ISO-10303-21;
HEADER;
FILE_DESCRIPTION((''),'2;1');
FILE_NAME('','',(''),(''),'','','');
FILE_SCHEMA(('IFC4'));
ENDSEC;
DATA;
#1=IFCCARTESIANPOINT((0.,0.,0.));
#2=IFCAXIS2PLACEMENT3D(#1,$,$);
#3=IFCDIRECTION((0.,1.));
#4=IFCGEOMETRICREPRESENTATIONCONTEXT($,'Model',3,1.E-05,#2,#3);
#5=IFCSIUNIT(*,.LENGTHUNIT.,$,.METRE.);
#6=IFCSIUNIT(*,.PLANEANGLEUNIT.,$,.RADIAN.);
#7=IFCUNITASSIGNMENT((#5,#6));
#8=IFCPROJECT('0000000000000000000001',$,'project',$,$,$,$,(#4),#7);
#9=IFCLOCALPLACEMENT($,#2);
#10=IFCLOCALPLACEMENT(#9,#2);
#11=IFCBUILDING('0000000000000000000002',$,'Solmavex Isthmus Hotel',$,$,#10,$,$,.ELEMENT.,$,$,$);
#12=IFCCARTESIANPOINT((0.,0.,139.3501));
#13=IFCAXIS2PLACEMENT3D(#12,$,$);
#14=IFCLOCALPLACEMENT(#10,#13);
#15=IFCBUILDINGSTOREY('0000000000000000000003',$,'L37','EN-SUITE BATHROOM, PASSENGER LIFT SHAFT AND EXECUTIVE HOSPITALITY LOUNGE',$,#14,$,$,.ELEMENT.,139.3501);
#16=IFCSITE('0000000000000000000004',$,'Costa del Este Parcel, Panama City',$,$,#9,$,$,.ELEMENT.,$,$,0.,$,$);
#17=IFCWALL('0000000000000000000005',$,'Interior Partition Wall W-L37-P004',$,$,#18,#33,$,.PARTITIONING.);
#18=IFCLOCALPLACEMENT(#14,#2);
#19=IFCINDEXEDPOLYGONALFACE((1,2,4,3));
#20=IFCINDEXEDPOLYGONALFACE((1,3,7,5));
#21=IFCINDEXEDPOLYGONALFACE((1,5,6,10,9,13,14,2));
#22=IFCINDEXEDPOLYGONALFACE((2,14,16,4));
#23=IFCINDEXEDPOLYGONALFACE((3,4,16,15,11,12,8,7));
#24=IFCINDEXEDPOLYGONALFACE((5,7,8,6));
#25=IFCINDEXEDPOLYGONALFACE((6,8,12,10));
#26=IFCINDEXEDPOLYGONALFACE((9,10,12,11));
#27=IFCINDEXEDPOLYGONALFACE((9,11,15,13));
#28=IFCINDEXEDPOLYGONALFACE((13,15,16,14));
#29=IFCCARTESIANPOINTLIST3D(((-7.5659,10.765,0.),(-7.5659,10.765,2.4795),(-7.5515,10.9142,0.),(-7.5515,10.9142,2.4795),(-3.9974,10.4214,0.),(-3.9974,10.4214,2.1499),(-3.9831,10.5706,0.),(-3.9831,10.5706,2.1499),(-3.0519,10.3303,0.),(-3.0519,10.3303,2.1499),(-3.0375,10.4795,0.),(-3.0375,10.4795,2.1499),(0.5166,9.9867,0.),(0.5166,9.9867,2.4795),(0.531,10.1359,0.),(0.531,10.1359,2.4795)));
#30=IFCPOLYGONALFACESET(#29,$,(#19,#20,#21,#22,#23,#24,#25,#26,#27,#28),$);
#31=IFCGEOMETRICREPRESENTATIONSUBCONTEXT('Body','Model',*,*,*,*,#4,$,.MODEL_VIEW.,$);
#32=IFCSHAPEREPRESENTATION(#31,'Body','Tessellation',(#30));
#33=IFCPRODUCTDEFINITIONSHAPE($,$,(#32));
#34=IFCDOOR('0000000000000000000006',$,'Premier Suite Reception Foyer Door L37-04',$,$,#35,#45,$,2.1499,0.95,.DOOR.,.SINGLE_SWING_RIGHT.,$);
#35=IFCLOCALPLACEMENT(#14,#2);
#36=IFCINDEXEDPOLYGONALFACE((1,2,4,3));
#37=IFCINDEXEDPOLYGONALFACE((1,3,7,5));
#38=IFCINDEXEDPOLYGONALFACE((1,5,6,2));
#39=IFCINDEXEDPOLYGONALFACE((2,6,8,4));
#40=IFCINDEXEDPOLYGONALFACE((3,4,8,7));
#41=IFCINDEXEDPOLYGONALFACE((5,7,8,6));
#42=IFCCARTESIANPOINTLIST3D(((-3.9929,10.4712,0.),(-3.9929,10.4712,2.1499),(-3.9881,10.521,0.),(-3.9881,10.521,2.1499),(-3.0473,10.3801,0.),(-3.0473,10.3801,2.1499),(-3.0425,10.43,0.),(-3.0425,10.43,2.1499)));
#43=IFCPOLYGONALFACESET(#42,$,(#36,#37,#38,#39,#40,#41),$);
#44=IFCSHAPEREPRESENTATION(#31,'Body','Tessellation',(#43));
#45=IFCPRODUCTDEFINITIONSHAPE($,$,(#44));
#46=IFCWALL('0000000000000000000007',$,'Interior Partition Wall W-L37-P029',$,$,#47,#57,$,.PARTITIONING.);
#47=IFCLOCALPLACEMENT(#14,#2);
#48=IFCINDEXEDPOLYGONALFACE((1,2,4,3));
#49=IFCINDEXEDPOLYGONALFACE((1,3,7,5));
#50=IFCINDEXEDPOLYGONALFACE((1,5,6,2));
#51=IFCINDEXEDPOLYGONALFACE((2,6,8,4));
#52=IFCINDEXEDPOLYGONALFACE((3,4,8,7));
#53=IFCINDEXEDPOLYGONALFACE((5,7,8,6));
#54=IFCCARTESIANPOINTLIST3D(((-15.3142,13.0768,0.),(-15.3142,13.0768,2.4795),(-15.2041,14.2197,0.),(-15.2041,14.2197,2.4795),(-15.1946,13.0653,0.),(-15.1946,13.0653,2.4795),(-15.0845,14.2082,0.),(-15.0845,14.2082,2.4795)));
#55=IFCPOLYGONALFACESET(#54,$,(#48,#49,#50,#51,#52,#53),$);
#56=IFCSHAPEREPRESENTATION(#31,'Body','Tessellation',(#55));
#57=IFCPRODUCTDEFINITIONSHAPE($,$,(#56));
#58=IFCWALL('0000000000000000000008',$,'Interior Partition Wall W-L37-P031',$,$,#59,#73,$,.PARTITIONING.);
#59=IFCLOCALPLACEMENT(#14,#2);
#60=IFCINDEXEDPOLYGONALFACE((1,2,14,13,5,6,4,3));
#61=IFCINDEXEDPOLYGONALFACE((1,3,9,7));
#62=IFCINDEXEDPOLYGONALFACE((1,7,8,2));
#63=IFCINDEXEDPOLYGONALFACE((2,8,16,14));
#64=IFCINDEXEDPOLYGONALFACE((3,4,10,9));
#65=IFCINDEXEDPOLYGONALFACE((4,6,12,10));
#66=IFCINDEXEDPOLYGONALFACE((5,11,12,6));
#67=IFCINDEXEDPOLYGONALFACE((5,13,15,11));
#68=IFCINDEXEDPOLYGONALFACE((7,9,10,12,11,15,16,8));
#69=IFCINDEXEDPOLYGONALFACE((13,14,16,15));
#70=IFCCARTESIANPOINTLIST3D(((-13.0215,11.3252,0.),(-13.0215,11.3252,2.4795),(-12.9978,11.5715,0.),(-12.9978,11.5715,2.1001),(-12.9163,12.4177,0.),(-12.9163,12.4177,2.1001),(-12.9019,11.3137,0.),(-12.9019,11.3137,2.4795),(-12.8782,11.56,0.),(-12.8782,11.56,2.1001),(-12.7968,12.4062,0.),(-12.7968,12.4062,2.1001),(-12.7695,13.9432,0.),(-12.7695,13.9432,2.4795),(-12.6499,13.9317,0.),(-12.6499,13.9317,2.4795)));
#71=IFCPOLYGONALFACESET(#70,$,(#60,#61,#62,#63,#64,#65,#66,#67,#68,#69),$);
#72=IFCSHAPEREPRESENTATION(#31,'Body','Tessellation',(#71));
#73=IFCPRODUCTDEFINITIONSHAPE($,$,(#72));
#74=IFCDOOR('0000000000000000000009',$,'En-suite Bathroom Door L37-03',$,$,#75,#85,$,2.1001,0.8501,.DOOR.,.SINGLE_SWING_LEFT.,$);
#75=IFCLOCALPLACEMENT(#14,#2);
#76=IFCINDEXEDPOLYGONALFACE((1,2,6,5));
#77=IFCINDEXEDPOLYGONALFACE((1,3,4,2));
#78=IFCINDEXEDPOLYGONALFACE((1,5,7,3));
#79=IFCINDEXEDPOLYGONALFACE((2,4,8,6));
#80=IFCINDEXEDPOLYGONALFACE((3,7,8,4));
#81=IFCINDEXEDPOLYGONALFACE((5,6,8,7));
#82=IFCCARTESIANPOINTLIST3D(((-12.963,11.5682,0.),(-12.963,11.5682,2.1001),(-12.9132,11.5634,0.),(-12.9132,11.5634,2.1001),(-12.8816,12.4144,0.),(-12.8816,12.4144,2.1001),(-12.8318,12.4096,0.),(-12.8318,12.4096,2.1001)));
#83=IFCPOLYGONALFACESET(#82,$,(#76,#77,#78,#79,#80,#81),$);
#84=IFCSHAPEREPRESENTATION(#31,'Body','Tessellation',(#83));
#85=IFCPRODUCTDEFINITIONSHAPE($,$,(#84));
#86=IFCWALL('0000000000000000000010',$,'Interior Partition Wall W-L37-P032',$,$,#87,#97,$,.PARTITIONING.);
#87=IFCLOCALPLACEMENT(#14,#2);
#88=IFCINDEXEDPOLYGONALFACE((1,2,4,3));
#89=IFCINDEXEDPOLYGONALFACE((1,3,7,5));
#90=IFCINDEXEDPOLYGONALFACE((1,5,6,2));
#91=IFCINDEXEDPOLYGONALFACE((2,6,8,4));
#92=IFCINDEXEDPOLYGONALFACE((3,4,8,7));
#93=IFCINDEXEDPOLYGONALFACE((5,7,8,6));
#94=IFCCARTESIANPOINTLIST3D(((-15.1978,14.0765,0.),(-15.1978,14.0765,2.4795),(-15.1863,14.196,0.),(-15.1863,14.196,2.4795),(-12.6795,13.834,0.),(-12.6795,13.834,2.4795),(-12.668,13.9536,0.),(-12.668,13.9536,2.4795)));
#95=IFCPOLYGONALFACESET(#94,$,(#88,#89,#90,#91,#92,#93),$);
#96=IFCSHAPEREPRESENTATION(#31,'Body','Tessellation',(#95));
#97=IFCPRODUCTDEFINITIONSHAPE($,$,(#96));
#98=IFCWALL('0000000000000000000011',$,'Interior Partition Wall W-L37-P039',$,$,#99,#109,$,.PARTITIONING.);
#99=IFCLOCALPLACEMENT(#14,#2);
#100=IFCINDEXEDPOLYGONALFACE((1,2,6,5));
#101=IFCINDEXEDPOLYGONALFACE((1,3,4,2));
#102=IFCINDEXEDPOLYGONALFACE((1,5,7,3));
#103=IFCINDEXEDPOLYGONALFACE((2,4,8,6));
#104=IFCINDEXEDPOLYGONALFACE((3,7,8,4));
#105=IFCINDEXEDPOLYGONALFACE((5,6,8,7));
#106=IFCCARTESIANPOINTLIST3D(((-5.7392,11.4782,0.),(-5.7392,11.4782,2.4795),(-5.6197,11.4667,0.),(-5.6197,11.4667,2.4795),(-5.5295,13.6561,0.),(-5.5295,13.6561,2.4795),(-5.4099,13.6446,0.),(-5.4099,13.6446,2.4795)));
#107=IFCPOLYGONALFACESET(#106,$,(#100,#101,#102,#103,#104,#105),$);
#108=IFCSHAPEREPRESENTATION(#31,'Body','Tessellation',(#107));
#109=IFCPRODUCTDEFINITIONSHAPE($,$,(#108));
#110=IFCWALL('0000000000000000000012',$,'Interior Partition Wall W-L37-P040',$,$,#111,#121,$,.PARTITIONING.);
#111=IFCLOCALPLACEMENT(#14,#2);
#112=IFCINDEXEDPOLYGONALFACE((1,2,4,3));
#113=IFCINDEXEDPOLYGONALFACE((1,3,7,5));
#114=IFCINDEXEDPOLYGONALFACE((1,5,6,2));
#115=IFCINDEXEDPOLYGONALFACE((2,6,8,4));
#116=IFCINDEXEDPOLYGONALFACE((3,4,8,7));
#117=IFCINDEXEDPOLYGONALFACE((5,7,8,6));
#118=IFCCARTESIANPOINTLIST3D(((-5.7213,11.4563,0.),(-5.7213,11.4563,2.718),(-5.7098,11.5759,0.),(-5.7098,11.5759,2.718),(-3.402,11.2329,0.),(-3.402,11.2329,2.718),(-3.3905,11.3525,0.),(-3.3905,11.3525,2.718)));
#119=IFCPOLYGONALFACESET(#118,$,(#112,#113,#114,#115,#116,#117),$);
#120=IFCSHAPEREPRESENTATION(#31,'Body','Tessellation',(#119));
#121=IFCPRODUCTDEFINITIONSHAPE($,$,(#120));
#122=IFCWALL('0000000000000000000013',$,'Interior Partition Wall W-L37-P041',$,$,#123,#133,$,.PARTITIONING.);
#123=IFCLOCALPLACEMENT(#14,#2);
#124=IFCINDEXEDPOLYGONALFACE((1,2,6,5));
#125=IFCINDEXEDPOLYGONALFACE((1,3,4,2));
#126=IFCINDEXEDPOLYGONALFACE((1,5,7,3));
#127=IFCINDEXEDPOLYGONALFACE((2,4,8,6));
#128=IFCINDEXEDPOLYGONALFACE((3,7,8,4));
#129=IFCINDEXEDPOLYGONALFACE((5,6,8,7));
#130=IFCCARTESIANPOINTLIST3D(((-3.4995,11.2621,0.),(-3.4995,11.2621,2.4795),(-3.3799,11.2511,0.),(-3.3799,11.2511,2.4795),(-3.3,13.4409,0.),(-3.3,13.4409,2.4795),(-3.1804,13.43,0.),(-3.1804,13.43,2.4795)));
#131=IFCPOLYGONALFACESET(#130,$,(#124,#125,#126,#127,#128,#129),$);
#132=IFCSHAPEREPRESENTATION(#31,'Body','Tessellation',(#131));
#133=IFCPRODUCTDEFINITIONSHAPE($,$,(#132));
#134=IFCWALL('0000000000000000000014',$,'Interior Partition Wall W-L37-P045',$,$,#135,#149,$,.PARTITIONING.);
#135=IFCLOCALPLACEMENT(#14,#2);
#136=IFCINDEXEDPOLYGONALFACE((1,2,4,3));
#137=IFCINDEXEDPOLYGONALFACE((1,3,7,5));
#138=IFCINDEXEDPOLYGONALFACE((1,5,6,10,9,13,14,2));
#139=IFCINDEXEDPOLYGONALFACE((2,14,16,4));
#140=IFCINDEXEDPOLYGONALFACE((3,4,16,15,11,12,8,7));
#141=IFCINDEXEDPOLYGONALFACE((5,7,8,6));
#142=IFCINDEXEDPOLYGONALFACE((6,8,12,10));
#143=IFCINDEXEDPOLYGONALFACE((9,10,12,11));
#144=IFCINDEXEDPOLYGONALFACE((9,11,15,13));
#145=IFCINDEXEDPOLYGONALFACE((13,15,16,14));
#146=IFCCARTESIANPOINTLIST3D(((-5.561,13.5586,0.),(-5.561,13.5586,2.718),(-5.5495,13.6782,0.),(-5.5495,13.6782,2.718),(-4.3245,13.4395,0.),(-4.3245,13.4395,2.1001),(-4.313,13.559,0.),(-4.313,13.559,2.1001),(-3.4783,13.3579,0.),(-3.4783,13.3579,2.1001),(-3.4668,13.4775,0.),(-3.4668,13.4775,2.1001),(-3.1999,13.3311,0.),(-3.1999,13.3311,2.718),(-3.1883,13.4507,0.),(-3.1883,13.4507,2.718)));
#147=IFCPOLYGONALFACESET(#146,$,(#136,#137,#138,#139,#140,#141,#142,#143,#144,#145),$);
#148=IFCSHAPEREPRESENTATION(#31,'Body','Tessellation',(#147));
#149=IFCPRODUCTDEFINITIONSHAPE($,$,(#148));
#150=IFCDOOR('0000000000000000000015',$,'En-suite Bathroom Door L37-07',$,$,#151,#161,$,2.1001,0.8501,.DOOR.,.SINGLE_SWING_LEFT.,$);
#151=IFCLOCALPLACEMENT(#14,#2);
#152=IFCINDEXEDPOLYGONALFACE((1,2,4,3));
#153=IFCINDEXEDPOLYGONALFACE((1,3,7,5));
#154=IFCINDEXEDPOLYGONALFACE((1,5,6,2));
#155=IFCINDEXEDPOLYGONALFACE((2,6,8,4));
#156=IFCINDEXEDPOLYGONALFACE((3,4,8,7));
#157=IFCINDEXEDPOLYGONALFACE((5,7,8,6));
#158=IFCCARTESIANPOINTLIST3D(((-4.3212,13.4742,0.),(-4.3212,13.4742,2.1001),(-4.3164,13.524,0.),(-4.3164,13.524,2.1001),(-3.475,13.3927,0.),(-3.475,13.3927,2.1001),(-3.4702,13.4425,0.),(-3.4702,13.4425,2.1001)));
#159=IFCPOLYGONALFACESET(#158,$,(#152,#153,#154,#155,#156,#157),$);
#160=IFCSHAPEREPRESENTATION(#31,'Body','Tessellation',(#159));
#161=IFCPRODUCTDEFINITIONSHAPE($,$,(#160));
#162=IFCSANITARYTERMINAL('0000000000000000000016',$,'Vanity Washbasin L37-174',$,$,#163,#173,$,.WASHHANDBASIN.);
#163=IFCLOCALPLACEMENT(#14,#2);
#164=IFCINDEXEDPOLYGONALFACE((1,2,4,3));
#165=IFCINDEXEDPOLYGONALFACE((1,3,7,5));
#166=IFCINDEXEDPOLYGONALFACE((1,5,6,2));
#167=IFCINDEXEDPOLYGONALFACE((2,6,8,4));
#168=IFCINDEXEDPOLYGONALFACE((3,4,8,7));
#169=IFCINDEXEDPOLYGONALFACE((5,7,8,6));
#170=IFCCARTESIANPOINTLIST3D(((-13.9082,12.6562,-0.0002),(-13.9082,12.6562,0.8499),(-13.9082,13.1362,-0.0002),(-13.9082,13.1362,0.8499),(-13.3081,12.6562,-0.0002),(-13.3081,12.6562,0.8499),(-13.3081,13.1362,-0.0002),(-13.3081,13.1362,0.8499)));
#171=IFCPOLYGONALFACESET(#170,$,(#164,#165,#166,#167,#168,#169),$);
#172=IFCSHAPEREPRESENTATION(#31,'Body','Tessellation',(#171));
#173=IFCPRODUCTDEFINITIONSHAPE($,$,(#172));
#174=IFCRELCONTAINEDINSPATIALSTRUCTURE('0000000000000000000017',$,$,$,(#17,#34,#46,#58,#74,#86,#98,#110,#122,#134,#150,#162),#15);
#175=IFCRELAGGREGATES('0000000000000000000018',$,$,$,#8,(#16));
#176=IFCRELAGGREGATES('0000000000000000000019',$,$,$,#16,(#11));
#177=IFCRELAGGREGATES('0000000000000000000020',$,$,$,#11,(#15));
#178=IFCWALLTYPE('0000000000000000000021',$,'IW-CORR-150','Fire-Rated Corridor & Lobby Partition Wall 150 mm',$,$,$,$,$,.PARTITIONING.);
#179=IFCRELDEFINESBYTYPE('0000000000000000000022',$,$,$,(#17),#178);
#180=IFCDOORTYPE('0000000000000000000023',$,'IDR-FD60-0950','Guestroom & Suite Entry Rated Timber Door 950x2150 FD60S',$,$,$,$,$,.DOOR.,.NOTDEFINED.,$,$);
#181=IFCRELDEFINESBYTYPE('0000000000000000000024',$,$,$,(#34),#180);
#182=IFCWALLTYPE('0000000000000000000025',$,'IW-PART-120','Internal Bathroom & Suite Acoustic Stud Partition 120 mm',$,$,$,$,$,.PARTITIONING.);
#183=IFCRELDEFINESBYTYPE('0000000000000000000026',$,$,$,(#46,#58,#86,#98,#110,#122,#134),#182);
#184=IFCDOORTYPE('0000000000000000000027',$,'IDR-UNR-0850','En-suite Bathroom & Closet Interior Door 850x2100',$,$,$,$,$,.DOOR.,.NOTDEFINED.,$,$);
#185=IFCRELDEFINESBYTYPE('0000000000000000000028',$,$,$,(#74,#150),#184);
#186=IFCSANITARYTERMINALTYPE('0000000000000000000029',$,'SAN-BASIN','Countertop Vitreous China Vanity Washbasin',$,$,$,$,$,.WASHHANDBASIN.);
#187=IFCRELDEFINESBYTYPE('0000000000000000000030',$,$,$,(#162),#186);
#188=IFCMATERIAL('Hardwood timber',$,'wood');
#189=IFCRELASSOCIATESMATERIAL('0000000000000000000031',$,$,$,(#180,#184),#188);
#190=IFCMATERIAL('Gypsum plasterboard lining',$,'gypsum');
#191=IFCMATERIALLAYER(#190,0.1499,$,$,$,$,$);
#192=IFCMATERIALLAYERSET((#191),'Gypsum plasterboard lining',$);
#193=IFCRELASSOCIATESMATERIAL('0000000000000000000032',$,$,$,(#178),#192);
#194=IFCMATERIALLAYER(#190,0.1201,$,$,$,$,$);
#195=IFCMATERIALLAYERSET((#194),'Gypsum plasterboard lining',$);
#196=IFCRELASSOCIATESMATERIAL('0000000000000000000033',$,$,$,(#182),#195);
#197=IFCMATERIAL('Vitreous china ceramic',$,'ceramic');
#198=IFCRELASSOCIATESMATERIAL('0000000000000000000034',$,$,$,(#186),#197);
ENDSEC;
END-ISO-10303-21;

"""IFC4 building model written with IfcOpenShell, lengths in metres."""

from ifc_helpers import new_model, si_unit, direction, frame, frame_2d, origin, origin_2d, place, context, subcontext, project, spatial, rectangle, extrude, material, layer, layer_set, type_object, element, fill, save


model = new_model("IFC4")

# Units and contexts
model_context = context("Model", 3, precision=1e-05, world=origin(), true_north=direction((0.0, 1.0)))
body_context = subcontext(model_context, "Body", "Model", "MODEL_VIEW")
ifc_project = project(units=[si_unit("LENGTHUNIT", "METRE"), si_unit("PLANEANGLEUNIT", "RADIAN")], contexts=[model_context])

# Site, building, storey
site_placement = place(None, origin())
site = spatial("IfcSite", under=ifc_project, at=site_placement, Name="Costa del Este Parcel, Panama City", CompositionType="ELEMENT", RefElevation=0.0)
building_placement = place(site_placement, origin())
building = spatial("IfcBuilding", under=site, at=building_placement, Name="Solmavex Isthmus Hotel", CompositionType="ELEMENT")
storey_placement = place(building_placement, frame((0.0, 0.0, 139.3501)))
storey = spatial("IfcBuildingStorey", under=building, at=storey_placement, Name="L37", Description="EN-SUITE BATHROOM, PASSENGER LIFT SHAFT AND EXECUTIVE HOSPITALITY LOUNGE", CompositionType="ELEMENT", Elevation=139.3501)

# Shared definitions
ifc_material_1 = material(Name="Gypsum plasterboard lining", Category="gypsum")

# Wall, opening, door
ifc_material_2 = material(Name="Hardwood timber", Category="wood")
door_type_1 = type_object("IfcDoorType", Name="IDR-FD60-0950", Description="Guestroom & Suite Entry Rated Timber Door 950x2150 FD60S", OperationType="NOTDEFINED", PredefinedType="DOOR", material=ifc_material_2)
ifc_layer_1 = layer(ifc_material_1, 0.1499)
ifc_layer_set_1 = layer_set([ifc_layer_1], Name="Gypsum plasterboard lining")
wall_type_1 = type_object("IfcWallType", Name="IW-CORR-150", Description="Fire-Rated Corridor & Lobby Partition Wall 150 mm", PredefinedType="PARTITIONING", material=ifc_layer_set_1)
wall_1_placement = place(storey_placement, frame((-7.5588, 10.8396, 0.0), z_axis=(0.0, 0.0, 1.0), x_axis=(0.995395, -0.095853, 0.0)))
wall_1 = element("IfcWall", 1, at=wall_1_placement, inside=storey, type_object=wall_type_1, Name="Interior Partition Wall W-L37-P004", PredefinedType="PARTITIONING", context=body_context, shape_type="SweptSolid", body=[
    extrude(rectangle(XDim=8.1199, YDim=0.1499, at=frame_2d((4.0601, 0.0))), origin(), (0.0, 0.0, 1.0), 2.4795),
])
opening_1_placement = place(wall_1_placement, frame((3.585, 0.0, 0.0)))
opening_1 = element("IfcOpeningElement", 2, at=opening_1_placement, cuts=wall_1, PredefinedType="OPENING", context=body_context, shape_type="SweptSolid", body=[
    extrude(rectangle(XDim=0.95, YDim=2.1499, at=frame_2d((0.4751, 1.075))), frame((0.0, 0.085, 0.0), z_axis=(0.0, -1.0, 0.0), x_axis=(1.0, 0.0, 0.0)), (0.0, 0.0, 1.0), 0.1699),
])
door_1_placement = place(opening_1_placement, frame((0.95, 0.0, 0.0), z_axis=(0.0, 0.0, 1.0), x_axis=(-1.0, 0.0, 0.0)))
door_1 = element("IfcDoor", 3, at=door_1_placement, inside=storey, type_object=door_type_1, Name="Premier Suite Reception Foyer Door L37-04", OperationType="SINGLE_SWING_RIGHT", OverallHeight=2.1499, OverallWidth=0.95, PredefinedType="DOOR", context=body_context, shape_type="SweptSolid", body=[
    extrude(rectangle(XDim=0.95, YDim=2.1499, at=frame_2d((0.4751, 1.075))), frame((0.0, 0.0249, 0.0), z_axis=(0.0, -1.0, 0.0), x_axis=(1.0, 0.0, 0.0)), (0.0, 0.0, 1.0), 0.05),
])
fill(opening_1, door_1)

# Wall
ifc_layer_2 = layer(ifc_material_1, 0.1201)
ifc_layer_set_2 = layer_set([ifc_layer_2], Name="Gypsum plasterboard lining")
wall_type_2 = type_object("IfcWallType", Name="IW-PART-120", Description="Internal Bathroom & Suite Acoustic Stud Partition 120 mm", PredefinedType="PARTITIONING", material=ifc_layer_set_2)
wall_2_placement = place(storey_placement, frame((-15.1443, 14.2141, 0.0), z_axis=(0.0, 0.0, 1.0), x_axis=(-0.095903, -0.995391, 0.0)))
element("IfcWall", 4, at=wall_2_placement, inside=storey, type_object=wall_type_2, Name="Interior Partition Wall W-L37-P029", PredefinedType="PARTITIONING", context=body_context, shape_type="SweptSolid", body=[
    extrude(rectangle(XDim=1.1482, YDim=0.1201, at=frame_2d((0.5742, 0.0))), origin(), (0.0, 0.0, 1.0), 2.4795),
])

# Wall, opening, door
wall_3_placement = place(storey_placement, frame((-12.9617, 11.3196, 0.0), z_axis=(0.0, 0.0, 1.0), x_axis=(0.095799, 0.995401, 0.0)))
wall_3 = element("IfcWall", 5, at=wall_3_placement, inside=storey, type_object=wall_type_2, Name="Interior Partition Wall W-L37-P031", PredefinedType="PARTITIONING", context=body_context, shape_type="SweptSolid", body=[
    extrude(rectangle(XDim=2.6301, YDim=0.1201, at=frame_2d((1.3149, 0.0))), origin(), (0.0, 0.0, 1.0), 2.4795),
])
opening_2_placement = place(wall_3_placement, frame((0.2473, 0.0, 0.0)))
opening_2 = element("IfcOpeningElement", 6, at=opening_2_placement, cuts=wall_3, PredefinedType="OPENING", context=body_context, shape_type="SweptSolid", body=[
    extrude(rectangle(XDim=0.8501, YDim=2.1001, at=frame_2d((0.425, 1.05))), frame((0.0, 0.0701, 0.0), z_axis=(0.0, -1.0, 0.0), x_axis=(1.0, 0.0, 0.0)), (0.0, 0.0, 1.0), 0.1401),
])
door_type_2 = type_object("IfcDoorType", Name="IDR-UNR-0850", Description="En-suite Bathroom & Closet Interior Door 850x2100", OperationType="NOTDEFINED", PredefinedType="DOOR", material=ifc_material_2)
door_2_placement = place(opening_2_placement, frame((0.8501, 0.0, 0.0), z_axis=(0.0, 0.0, 1.0), x_axis=(-1.0, 0.0, 0.0)))
door_2 = element("IfcDoor", 7, at=door_2_placement, inside=storey, type_object=door_type_2, Name="En-suite Bathroom Door L37-03", OperationType="SINGLE_SWING_LEFT", OverallHeight=2.1001, OverallWidth=0.8501, PredefinedType="DOOR", context=body_context, shape_type="SweptSolid", body=[
    extrude(rectangle(XDim=0.8501, YDim=2.1001, at=frame_2d((0.425, 1.05))), frame((0.0, 0.0249, 0.0), z_axis=(0.0, -1.0, 0.0), x_axis=(1.0, 0.0, 0.0)), (0.0, 0.0, 1.0), 0.05),
])
fill(opening_2, door_2)

# Walls
wall_4_placement = place(storey_placement, frame((-12.6736, 13.8938, 0.0), z_axis=(0.0, 0.0, 1.0), x_axis=(-0.995398, 0.095825, 0.0)))
element("IfcWall", 8, at=wall_4_placement, inside=storey, type_object=wall_type_2, Name="Interior Partition Wall W-L37-P032", PredefinedType="PARTITIONING", context=body_context, shape_type="SweptSolid", body=[
    extrude(rectangle(XDim=2.53, YDim=0.1201, at=frame_2d((1.2651, 0.0))), origin(), (0.0, 0.0, 1.0), 2.4795),
])
wall_5_placement = place(storey_placement, frame((-5.4697, 13.6504, 0.0), z_axis=(0.0, 0.0, 1.0), x_axis=(-0.095846, -0.995396, 0.0)))
element("IfcWall", 9, at=wall_5_placement, inside=storey, type_object=wall_type_2, Name="Interior Partition Wall W-L37-P039", PredefinedType="PARTITIONING", context=body_context, shape_type="SweptSolid", body=[
    extrude(rectangle(XDim=2.188, YDim=0.1201, at=frame_2d((1.094, 0.0))), origin(), (0.0, 0.0, 1.0), 2.4795),
])
wall_6_placement = place(storey_placement, frame((-5.7156, 11.5161, 0.0), z_axis=(0.0, 0.0, 1.0), x_axis=(0.995394, -0.095872, 0.0)))
element("IfcWall", 10, at=wall_6_placement, inside=storey, type_object=wall_type_2, Name="Interior Partition Wall W-L37-P040", PredefinedType="PARTITIONING", context=body_context, shape_type="SweptSolid", body=[
    extrude(rectangle(XDim=2.3301, YDim=0.1201, at=frame_2d((1.165, 0.0))), origin(), (0.0, 0.0, 1.0), 2.718),
])
wall_7_placement = place(storey_placement, frame((-3.4397, 11.2566, 0.0), z_axis=(0.0, 0.0, 1.0), x_axis=(0.091159, 0.995836, 0.0)))
element("IfcWall", 11, at=wall_7_placement, inside=storey, type_object=wall_type_2, Name="Interior Partition Wall W-L37-P041", PredefinedType="PARTITIONING", context=body_context, shape_type="SweptSolid", body=[
    extrude(rectangle(XDim=2.188, YDim=0.1201, at=frame_2d((1.094, 0.0))), origin(), (0.0, 0.0, 1.0), 2.4795),
])

# Wall, opening, door
wall_8_placement = place(storey_placement, frame((-3.1941, 13.3909, 0.0), z_axis=(0.0, 0.0, 1.0), x_axis=(-0.995388, 0.095926, 0.0)))
wall_8 = element("IfcWall", 12, at=wall_8_placement, inside=storey, type_object=wall_type_2, Name="Interior Partition Wall W-L37-P045", PredefinedType="PARTITIONING", context=body_context, shape_type="SweptSolid", body=[
    extrude(rectangle(XDim=2.3721, YDim=0.1201, at=frame_2d((1.186, 0.0))), origin(), (0.0, 0.0, 1.0), 2.718),
])
opening_3_placement = place(wall_8_placement, frame((0.2798, 0.0, 0.0)))
opening_3 = element("IfcOpeningElement", 13, at=opening_3_placement, cuts=wall_8, PredefinedType="OPENING", context=body_context, shape_type="SweptSolid", body=[
    extrude(rectangle(XDim=0.8501, YDim=2.1001, at=frame_2d((0.425, 1.05))), frame((0.0, 0.0701, 0.0), z_axis=(0.0, -1.0, 0.0), x_axis=(1.0, 0.0, 0.0)), (0.0, 0.0, 1.0), 0.1401),
])
door_3_placement = place(opening_3_placement, frame((0.8501, 0.0, 0.0), z_axis=(0.0, 0.0, 1.0), x_axis=(-1.0, 0.0, 0.0)))
door_3 = element("IfcDoor", 14, at=door_3_placement, inside=storey, type_object=door_type_2, Name="En-suite Bathroom Door L37-07", OperationType="SINGLE_SWING_LEFT", OverallHeight=2.1001, OverallWidth=0.8501, PredefinedType="DOOR", context=body_context, shape_type="SweptSolid", body=[
    extrude(rectangle(XDim=0.8501, YDim=2.1001, at=frame_2d((0.425, 1.05))), frame((0.0, 0.0249, 0.0), z_axis=(0.0, -1.0, 0.0), x_axis=(1.0, 0.0, 0.0)), (0.0, 0.0, 1.0), 0.05),
])
fill(opening_3, door_3)

# Sanitary terminal
ifc_material_3 = material(Name="Vitreous china ceramic", Category="ceramic")
sanitary_terminal_type_1 = type_object("IfcSanitaryTerminalType", Name="SAN-BASIN", Description="Countertop Vitreous China Vanity Washbasin", PredefinedType="WASHHANDBASIN", material=ifc_material_3)
for number, where, z_axis, x_axis, name in (
    (15, (-13.6082, 12.8962, -0.0002), (0.0, 0.0, 1.0), (1.0, 0.0, 0.0), "Vanity Washbasin L37-174"),
):
    element("IfcSanitaryTerminal", number, at=place(storey_placement, frame(where, z_axis=z_axis, x_axis=x_axis)), inside=storey, type_object=sanitary_terminal_type_1, Name=name, PredefinedType="WASHHANDBASIN", context=body_context, shape_type="SweptSolid", body=[
        extrude(rectangle(XDim=0.6001, YDim=0.48, at=origin_2d()), origin(), (0.0, 0.0, 1.0), 0.8501),
    ])

save(model, "model.ifc")
